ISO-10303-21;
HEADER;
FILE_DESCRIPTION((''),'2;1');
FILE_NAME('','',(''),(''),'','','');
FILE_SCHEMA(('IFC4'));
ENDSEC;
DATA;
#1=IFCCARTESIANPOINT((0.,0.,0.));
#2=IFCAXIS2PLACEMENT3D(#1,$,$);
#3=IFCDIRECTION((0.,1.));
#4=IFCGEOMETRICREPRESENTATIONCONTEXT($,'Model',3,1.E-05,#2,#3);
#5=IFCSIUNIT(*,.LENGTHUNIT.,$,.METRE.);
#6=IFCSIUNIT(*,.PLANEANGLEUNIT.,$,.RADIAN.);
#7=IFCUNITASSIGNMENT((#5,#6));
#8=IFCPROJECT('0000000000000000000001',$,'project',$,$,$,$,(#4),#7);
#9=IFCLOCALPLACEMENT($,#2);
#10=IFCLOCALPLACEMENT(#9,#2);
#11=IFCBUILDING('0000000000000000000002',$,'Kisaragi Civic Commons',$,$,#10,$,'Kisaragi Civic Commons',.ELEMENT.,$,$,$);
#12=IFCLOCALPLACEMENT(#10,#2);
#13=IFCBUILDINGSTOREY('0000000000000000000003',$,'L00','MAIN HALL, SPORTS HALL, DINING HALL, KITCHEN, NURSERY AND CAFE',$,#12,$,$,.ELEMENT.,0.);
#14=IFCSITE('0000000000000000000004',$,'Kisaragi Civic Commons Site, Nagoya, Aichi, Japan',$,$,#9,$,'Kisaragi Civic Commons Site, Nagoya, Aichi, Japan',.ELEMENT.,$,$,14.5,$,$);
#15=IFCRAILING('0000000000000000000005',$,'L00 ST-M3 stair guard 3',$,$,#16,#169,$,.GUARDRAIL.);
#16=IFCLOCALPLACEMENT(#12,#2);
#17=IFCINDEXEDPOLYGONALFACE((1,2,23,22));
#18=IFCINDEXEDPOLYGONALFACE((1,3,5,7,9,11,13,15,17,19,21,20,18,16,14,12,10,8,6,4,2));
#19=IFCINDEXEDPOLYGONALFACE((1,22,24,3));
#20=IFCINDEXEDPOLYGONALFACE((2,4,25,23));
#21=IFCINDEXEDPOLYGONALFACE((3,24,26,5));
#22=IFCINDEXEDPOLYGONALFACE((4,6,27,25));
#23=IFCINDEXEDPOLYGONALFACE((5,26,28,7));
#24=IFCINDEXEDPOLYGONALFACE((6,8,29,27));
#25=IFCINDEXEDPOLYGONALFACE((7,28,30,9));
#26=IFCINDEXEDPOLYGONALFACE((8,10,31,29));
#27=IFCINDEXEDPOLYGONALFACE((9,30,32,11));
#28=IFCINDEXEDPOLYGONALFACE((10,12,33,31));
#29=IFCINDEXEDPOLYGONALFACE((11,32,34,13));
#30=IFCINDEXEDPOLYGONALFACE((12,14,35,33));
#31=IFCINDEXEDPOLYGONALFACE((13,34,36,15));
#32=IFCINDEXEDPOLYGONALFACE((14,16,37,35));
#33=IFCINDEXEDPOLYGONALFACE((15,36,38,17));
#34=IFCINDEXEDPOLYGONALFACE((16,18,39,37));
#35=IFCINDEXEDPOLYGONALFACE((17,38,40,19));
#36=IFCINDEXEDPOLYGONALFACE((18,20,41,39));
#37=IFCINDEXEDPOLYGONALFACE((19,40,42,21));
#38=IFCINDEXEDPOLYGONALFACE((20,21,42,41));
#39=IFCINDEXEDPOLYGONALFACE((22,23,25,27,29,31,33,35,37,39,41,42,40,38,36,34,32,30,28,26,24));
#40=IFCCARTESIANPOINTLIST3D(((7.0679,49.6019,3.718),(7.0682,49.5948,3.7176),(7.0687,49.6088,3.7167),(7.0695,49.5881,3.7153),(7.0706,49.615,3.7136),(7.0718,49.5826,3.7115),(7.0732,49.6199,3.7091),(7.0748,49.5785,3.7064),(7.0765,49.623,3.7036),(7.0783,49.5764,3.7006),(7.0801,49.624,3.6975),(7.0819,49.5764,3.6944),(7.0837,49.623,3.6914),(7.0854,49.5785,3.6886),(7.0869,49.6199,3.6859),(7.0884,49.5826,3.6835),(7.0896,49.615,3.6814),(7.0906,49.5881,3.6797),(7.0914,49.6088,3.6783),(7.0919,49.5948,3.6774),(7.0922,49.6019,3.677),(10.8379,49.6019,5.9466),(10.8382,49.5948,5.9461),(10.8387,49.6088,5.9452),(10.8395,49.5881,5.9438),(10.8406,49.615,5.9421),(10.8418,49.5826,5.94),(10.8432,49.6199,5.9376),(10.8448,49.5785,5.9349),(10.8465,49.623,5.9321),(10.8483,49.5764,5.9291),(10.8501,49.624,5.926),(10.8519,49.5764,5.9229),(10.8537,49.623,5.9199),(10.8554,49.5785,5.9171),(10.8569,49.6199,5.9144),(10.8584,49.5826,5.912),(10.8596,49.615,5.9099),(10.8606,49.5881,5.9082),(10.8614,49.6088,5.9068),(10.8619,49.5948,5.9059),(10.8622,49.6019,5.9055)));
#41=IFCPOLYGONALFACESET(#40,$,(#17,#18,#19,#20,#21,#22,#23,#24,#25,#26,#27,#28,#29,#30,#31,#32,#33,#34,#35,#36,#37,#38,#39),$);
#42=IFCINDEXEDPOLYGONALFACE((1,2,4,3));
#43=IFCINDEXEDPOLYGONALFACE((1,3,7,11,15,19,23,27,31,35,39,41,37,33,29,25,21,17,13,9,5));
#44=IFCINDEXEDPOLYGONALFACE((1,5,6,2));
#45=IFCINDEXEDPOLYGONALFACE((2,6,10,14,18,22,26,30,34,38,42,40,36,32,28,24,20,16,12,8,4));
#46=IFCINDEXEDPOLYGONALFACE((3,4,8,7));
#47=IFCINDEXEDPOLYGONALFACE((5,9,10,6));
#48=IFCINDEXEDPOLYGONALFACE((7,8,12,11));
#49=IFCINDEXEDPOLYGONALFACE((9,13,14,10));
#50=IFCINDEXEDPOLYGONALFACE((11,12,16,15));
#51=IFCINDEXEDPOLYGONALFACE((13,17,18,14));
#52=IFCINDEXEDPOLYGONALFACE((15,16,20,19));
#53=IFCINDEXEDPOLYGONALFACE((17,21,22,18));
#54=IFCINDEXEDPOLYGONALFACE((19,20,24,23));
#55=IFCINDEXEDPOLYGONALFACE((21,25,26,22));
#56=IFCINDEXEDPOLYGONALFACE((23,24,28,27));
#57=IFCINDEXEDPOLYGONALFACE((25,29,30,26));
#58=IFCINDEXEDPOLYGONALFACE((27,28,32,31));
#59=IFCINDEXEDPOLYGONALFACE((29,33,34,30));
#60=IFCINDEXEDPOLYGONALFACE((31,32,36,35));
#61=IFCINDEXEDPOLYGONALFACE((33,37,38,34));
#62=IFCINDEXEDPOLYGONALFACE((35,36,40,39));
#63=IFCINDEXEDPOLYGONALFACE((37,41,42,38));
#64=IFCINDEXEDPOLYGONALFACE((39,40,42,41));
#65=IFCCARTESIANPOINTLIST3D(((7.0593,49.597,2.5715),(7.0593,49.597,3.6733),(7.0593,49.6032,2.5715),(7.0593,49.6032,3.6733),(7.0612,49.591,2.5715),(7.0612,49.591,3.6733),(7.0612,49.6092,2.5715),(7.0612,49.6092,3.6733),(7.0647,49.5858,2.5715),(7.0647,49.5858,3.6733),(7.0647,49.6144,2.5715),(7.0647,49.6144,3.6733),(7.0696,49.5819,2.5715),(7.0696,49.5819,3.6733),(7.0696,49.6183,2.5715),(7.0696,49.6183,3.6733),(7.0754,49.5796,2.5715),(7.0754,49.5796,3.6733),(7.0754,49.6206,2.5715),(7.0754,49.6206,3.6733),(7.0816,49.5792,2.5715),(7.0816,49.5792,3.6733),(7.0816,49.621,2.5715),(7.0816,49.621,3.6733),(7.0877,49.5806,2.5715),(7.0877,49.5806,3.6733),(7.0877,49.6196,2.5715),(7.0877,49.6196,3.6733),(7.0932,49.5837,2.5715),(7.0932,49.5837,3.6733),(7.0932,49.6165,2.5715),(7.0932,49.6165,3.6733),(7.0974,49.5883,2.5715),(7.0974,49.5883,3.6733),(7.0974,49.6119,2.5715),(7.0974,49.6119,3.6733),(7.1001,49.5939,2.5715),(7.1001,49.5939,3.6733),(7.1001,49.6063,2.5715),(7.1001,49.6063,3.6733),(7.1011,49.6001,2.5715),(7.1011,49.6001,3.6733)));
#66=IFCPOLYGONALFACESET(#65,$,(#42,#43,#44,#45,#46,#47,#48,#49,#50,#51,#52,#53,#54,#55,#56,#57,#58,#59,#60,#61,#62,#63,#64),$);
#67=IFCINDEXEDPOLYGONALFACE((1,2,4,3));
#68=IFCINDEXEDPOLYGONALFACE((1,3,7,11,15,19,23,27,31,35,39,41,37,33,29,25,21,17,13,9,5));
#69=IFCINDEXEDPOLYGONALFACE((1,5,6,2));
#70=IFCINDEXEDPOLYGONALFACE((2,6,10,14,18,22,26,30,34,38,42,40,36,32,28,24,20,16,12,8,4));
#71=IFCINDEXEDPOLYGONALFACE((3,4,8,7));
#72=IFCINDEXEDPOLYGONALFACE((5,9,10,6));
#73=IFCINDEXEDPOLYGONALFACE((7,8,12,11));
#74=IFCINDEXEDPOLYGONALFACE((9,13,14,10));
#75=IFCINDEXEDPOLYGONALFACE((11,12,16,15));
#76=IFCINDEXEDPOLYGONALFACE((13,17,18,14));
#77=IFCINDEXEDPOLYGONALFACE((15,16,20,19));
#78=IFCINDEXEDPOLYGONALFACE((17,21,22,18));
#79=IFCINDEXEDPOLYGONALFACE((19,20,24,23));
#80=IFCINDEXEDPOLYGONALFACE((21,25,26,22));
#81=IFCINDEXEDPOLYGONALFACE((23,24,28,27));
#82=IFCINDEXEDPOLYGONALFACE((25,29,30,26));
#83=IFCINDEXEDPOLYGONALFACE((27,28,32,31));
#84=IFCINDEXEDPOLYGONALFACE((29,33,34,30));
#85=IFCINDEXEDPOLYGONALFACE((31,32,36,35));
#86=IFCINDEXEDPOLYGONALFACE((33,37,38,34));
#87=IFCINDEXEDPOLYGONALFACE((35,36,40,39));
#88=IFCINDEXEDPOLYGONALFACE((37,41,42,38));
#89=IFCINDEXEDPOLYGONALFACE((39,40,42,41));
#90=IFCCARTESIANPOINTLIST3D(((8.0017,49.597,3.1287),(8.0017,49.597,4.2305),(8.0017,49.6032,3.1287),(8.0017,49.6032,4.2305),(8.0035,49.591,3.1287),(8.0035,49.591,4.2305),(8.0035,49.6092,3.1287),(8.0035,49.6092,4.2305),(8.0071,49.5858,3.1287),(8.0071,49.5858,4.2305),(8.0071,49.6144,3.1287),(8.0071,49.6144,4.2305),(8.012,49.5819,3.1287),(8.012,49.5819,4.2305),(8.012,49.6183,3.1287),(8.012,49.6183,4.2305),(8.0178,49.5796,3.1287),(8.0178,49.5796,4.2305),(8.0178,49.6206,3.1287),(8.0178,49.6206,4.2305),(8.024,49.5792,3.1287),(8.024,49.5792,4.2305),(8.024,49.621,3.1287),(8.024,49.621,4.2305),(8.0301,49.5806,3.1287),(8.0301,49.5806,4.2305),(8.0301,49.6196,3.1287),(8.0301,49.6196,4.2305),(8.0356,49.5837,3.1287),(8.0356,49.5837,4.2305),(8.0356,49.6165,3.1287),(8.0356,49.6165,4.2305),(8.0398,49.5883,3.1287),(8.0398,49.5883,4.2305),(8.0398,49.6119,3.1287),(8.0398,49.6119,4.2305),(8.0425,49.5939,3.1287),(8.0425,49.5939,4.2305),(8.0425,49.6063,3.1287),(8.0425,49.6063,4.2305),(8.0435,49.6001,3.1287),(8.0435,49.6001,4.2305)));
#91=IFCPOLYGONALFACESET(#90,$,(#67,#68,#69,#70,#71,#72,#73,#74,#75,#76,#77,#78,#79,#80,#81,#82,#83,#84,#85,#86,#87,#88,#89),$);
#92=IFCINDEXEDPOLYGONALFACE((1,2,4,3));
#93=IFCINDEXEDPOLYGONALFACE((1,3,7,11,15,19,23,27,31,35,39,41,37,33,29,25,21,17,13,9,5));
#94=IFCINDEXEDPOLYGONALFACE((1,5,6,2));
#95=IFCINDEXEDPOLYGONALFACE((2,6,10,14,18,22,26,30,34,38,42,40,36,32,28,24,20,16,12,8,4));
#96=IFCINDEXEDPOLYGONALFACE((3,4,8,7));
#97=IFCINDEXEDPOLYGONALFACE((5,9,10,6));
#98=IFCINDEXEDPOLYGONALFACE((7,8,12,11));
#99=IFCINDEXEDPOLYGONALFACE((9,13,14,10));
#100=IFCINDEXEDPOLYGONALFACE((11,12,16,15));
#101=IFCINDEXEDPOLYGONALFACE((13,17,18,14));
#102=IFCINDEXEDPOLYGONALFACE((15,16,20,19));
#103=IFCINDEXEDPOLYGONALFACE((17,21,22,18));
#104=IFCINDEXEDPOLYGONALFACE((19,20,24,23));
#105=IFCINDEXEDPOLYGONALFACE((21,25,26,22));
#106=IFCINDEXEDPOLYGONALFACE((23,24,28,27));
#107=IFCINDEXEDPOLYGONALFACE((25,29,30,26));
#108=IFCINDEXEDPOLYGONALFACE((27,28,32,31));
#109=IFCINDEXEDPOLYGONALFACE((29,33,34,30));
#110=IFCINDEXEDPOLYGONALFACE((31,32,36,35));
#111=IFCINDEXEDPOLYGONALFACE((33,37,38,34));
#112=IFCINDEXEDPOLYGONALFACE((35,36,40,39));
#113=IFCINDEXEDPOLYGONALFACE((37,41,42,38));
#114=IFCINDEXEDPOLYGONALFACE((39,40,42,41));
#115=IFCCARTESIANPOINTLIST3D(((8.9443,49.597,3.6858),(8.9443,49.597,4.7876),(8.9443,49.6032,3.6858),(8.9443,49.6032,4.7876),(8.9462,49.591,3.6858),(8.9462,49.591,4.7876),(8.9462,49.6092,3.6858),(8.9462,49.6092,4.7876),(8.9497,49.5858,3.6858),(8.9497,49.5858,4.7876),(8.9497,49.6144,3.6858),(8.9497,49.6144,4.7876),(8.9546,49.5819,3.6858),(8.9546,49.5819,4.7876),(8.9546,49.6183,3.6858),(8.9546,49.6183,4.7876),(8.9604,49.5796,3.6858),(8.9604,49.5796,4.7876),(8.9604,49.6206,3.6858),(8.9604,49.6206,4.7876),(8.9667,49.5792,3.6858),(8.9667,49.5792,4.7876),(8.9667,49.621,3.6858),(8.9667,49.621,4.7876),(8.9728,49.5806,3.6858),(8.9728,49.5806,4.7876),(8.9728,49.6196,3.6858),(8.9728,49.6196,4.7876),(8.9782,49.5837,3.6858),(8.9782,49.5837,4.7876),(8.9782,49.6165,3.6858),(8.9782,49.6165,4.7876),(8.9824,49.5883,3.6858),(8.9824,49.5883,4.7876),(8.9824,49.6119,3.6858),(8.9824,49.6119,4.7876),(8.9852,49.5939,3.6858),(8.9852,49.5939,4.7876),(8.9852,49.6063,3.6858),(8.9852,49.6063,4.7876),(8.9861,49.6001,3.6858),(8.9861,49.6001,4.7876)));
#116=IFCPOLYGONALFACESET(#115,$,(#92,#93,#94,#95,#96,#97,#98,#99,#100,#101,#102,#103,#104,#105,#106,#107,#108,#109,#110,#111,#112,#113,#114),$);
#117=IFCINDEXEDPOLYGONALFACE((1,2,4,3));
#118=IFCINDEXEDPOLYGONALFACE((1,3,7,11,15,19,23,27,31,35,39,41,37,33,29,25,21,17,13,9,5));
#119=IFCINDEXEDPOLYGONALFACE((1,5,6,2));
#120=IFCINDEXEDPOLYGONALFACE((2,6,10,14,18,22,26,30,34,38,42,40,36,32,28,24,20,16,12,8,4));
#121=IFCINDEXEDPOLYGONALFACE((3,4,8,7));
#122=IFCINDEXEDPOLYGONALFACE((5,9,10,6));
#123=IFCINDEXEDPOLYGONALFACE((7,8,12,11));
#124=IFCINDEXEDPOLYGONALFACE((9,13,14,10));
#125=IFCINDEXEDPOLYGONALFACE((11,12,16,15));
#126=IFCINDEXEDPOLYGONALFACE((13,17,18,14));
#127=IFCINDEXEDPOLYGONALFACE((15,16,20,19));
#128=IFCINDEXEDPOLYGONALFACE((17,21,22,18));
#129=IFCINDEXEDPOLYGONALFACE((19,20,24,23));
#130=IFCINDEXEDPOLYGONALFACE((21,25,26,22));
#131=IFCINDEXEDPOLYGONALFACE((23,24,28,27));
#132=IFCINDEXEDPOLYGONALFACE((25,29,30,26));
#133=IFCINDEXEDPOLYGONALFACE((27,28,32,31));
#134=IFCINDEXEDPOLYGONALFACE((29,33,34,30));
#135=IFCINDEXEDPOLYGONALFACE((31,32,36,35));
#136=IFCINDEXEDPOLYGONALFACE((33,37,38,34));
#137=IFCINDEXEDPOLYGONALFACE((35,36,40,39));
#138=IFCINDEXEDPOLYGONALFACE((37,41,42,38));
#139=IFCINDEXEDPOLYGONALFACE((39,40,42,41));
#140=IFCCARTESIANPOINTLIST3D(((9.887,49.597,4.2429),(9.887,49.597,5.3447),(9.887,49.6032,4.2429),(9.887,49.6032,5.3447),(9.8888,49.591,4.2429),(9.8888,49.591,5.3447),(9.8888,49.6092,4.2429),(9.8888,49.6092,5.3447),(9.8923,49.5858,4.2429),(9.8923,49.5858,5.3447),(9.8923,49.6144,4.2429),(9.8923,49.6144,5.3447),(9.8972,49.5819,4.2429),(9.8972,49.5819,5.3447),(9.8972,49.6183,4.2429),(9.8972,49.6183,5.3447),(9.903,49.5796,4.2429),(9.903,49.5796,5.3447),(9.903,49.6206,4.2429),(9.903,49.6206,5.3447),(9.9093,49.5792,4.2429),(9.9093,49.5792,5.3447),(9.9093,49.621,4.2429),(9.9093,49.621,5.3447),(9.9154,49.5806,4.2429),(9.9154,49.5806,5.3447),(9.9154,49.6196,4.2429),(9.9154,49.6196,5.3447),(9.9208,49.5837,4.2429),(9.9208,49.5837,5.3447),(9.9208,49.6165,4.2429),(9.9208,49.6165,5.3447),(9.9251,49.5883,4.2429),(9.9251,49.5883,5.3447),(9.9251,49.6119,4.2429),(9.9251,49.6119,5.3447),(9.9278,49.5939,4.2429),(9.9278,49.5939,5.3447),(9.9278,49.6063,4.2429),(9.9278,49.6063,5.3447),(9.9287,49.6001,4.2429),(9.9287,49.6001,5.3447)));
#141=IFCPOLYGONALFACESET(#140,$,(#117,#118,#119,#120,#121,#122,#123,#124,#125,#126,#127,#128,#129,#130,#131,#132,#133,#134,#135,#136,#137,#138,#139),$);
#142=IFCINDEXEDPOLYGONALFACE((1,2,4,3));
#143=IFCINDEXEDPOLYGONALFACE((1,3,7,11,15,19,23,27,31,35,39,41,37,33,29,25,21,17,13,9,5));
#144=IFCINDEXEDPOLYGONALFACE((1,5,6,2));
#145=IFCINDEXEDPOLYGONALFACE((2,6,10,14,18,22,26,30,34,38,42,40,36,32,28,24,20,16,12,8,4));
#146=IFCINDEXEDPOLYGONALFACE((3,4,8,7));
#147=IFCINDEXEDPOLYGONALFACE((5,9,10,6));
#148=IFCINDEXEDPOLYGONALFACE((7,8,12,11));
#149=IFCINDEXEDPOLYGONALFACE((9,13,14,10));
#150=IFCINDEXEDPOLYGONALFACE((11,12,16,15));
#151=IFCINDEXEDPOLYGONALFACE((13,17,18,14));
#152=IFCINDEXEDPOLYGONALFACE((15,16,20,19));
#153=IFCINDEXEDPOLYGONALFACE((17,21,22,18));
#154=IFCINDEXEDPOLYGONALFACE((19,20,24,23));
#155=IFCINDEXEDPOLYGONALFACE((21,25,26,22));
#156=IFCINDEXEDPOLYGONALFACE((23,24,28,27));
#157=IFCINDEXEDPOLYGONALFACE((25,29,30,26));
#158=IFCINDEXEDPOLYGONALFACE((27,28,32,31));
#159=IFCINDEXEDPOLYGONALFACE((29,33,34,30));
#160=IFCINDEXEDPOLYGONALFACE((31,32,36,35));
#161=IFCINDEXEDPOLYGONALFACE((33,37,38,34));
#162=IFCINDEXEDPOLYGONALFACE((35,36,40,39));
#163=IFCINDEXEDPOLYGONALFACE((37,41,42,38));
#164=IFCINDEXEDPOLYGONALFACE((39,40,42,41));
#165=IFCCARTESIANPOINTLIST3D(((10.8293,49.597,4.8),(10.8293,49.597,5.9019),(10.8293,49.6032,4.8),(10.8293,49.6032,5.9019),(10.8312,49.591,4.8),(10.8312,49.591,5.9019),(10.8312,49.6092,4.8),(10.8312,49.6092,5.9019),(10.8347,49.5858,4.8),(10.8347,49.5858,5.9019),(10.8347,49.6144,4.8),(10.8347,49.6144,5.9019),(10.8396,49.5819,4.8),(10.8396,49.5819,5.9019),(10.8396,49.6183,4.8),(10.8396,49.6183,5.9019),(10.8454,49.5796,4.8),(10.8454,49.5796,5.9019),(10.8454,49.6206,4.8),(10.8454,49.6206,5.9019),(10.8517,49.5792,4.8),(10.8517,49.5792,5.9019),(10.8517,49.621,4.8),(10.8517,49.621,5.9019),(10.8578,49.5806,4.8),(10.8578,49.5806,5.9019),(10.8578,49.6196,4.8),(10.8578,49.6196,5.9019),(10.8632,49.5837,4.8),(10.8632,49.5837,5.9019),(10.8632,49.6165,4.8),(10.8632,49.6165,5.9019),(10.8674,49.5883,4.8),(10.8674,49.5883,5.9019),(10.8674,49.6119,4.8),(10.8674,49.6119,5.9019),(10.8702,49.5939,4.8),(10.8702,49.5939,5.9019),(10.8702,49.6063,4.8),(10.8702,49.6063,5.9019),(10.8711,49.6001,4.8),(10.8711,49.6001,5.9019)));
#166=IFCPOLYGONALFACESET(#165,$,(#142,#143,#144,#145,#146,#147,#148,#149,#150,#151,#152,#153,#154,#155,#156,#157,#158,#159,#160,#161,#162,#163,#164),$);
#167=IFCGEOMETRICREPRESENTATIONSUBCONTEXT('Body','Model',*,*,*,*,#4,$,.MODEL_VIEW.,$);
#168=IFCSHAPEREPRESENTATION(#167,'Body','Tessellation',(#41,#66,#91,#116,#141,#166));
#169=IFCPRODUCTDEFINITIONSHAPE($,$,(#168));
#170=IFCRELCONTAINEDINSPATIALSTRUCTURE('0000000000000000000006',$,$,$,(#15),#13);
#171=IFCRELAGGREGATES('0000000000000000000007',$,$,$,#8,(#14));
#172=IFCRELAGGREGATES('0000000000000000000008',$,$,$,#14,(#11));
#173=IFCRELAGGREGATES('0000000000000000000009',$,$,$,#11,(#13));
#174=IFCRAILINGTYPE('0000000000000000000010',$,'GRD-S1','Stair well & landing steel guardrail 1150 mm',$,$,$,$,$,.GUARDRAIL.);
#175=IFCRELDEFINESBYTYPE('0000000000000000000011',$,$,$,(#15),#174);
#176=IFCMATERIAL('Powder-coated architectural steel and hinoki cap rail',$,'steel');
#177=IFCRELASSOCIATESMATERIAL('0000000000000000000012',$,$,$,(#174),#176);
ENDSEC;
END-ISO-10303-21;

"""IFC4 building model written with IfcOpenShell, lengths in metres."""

from ifc_helpers import new_model, si_unit, direction, frame, origin, origin_2d, place, context, subcontext, project, spatial, circle, extrude, material, type_object, element, save


model = new_model("IFC4")

# Units and contexts
model_context = context("Model", 3, precision=1e-05, world=origin(), true_north=direction((0.0, 1.0)))
body_context = subcontext(model_context, "Body", "Model", "MODEL_VIEW")
ifc_project = project(units=[si_unit("LENGTHUNIT", "METRE"), si_unit("PLANEANGLEUNIT", "RADIAN")], contexts=[model_context])

# Site, building, storey
site_placement = place(None, origin())
site = spatial("IfcSite", under=ifc_project, at=site_placement, Name="Kisaragi Civic Commons Site, Nagoya, Aichi, Japan", LongName="Kisaragi Civic Commons Site, Nagoya, Aichi, Japan", CompositionType="ELEMENT", RefElevation=14.5)
building_placement = place(site_placement, origin())
building = spatial("IfcBuilding", under=site, at=building_placement, Name="Kisaragi Civic Commons", LongName="Kisaragi Civic Commons", CompositionType="ELEMENT")
storey_placement = place(building_placement, origin())
storey = spatial("IfcBuildingStorey", under=building, at=storey_placement, Name="L00", Description="MAIN HALL, SPORTS HALL, DINING HALL, KITCHEN, NURSERY AND CAFE", CompositionType="ELEMENT", Elevation=0.0)

# Railing
ifc_material_1 = material(Name="Powder-coated architectural steel and hinoki cap rail", Category="steel")
railing_type_1 = type_object("IfcRailingType", Name="GRD-S1", Description="Stair well & landing steel guardrail 1150 mm", PredefinedType="GUARDRAIL", material=ifc_material_1)
railing_1_placement = place(storey_placement, frame((7.0801, 49.6001, 2.5715)))
element("IfcRailing", 1, at=railing_1_placement, inside=storey, type_object=railing_type_1, Name="L00 ST-M3 stair guard 3", PredefinedType="GUARDRAIL", context=body_context, shape_type="SweptSolid", body=[
    extrude(circle(Radius=0.0239, at=origin_2d()), frame((0.0, 0.0, 1.126), z_axis=(0.860849, 0.0, 0.508861), x_axis=(0.0, 1.0, 0.0)), (0.0, 0.0, 1.0), 4.3794),
    extrude(circle(Radius=0.021, at=origin_2d()), origin(), (0.0, 0.0, 1.0), 1.1018),
    extrude(circle(Radius=0.021, at=origin_2d()), frame((0.9424, 0.0, 0.5571)), (0.0, 0.0, 1.0), 1.1018),
    extrude(circle(Radius=0.021, at=origin_2d()), frame((1.885, 0.0, 1.1143)), (0.0, 0.0, 1.0), 1.1018),
    extrude(circle(Radius=0.021, at=origin_2d()), frame((2.8276, 0.0, 1.6714)), (0.0, 0.0, 1.0), 1.1018),
    extrude(circle(Radius=0.021, at=origin_2d()), frame((3.77, 0.0, 2.2285)), (0.0, 0.0, 1.0), 1.1018),
])

save(model, "model.ifc")
